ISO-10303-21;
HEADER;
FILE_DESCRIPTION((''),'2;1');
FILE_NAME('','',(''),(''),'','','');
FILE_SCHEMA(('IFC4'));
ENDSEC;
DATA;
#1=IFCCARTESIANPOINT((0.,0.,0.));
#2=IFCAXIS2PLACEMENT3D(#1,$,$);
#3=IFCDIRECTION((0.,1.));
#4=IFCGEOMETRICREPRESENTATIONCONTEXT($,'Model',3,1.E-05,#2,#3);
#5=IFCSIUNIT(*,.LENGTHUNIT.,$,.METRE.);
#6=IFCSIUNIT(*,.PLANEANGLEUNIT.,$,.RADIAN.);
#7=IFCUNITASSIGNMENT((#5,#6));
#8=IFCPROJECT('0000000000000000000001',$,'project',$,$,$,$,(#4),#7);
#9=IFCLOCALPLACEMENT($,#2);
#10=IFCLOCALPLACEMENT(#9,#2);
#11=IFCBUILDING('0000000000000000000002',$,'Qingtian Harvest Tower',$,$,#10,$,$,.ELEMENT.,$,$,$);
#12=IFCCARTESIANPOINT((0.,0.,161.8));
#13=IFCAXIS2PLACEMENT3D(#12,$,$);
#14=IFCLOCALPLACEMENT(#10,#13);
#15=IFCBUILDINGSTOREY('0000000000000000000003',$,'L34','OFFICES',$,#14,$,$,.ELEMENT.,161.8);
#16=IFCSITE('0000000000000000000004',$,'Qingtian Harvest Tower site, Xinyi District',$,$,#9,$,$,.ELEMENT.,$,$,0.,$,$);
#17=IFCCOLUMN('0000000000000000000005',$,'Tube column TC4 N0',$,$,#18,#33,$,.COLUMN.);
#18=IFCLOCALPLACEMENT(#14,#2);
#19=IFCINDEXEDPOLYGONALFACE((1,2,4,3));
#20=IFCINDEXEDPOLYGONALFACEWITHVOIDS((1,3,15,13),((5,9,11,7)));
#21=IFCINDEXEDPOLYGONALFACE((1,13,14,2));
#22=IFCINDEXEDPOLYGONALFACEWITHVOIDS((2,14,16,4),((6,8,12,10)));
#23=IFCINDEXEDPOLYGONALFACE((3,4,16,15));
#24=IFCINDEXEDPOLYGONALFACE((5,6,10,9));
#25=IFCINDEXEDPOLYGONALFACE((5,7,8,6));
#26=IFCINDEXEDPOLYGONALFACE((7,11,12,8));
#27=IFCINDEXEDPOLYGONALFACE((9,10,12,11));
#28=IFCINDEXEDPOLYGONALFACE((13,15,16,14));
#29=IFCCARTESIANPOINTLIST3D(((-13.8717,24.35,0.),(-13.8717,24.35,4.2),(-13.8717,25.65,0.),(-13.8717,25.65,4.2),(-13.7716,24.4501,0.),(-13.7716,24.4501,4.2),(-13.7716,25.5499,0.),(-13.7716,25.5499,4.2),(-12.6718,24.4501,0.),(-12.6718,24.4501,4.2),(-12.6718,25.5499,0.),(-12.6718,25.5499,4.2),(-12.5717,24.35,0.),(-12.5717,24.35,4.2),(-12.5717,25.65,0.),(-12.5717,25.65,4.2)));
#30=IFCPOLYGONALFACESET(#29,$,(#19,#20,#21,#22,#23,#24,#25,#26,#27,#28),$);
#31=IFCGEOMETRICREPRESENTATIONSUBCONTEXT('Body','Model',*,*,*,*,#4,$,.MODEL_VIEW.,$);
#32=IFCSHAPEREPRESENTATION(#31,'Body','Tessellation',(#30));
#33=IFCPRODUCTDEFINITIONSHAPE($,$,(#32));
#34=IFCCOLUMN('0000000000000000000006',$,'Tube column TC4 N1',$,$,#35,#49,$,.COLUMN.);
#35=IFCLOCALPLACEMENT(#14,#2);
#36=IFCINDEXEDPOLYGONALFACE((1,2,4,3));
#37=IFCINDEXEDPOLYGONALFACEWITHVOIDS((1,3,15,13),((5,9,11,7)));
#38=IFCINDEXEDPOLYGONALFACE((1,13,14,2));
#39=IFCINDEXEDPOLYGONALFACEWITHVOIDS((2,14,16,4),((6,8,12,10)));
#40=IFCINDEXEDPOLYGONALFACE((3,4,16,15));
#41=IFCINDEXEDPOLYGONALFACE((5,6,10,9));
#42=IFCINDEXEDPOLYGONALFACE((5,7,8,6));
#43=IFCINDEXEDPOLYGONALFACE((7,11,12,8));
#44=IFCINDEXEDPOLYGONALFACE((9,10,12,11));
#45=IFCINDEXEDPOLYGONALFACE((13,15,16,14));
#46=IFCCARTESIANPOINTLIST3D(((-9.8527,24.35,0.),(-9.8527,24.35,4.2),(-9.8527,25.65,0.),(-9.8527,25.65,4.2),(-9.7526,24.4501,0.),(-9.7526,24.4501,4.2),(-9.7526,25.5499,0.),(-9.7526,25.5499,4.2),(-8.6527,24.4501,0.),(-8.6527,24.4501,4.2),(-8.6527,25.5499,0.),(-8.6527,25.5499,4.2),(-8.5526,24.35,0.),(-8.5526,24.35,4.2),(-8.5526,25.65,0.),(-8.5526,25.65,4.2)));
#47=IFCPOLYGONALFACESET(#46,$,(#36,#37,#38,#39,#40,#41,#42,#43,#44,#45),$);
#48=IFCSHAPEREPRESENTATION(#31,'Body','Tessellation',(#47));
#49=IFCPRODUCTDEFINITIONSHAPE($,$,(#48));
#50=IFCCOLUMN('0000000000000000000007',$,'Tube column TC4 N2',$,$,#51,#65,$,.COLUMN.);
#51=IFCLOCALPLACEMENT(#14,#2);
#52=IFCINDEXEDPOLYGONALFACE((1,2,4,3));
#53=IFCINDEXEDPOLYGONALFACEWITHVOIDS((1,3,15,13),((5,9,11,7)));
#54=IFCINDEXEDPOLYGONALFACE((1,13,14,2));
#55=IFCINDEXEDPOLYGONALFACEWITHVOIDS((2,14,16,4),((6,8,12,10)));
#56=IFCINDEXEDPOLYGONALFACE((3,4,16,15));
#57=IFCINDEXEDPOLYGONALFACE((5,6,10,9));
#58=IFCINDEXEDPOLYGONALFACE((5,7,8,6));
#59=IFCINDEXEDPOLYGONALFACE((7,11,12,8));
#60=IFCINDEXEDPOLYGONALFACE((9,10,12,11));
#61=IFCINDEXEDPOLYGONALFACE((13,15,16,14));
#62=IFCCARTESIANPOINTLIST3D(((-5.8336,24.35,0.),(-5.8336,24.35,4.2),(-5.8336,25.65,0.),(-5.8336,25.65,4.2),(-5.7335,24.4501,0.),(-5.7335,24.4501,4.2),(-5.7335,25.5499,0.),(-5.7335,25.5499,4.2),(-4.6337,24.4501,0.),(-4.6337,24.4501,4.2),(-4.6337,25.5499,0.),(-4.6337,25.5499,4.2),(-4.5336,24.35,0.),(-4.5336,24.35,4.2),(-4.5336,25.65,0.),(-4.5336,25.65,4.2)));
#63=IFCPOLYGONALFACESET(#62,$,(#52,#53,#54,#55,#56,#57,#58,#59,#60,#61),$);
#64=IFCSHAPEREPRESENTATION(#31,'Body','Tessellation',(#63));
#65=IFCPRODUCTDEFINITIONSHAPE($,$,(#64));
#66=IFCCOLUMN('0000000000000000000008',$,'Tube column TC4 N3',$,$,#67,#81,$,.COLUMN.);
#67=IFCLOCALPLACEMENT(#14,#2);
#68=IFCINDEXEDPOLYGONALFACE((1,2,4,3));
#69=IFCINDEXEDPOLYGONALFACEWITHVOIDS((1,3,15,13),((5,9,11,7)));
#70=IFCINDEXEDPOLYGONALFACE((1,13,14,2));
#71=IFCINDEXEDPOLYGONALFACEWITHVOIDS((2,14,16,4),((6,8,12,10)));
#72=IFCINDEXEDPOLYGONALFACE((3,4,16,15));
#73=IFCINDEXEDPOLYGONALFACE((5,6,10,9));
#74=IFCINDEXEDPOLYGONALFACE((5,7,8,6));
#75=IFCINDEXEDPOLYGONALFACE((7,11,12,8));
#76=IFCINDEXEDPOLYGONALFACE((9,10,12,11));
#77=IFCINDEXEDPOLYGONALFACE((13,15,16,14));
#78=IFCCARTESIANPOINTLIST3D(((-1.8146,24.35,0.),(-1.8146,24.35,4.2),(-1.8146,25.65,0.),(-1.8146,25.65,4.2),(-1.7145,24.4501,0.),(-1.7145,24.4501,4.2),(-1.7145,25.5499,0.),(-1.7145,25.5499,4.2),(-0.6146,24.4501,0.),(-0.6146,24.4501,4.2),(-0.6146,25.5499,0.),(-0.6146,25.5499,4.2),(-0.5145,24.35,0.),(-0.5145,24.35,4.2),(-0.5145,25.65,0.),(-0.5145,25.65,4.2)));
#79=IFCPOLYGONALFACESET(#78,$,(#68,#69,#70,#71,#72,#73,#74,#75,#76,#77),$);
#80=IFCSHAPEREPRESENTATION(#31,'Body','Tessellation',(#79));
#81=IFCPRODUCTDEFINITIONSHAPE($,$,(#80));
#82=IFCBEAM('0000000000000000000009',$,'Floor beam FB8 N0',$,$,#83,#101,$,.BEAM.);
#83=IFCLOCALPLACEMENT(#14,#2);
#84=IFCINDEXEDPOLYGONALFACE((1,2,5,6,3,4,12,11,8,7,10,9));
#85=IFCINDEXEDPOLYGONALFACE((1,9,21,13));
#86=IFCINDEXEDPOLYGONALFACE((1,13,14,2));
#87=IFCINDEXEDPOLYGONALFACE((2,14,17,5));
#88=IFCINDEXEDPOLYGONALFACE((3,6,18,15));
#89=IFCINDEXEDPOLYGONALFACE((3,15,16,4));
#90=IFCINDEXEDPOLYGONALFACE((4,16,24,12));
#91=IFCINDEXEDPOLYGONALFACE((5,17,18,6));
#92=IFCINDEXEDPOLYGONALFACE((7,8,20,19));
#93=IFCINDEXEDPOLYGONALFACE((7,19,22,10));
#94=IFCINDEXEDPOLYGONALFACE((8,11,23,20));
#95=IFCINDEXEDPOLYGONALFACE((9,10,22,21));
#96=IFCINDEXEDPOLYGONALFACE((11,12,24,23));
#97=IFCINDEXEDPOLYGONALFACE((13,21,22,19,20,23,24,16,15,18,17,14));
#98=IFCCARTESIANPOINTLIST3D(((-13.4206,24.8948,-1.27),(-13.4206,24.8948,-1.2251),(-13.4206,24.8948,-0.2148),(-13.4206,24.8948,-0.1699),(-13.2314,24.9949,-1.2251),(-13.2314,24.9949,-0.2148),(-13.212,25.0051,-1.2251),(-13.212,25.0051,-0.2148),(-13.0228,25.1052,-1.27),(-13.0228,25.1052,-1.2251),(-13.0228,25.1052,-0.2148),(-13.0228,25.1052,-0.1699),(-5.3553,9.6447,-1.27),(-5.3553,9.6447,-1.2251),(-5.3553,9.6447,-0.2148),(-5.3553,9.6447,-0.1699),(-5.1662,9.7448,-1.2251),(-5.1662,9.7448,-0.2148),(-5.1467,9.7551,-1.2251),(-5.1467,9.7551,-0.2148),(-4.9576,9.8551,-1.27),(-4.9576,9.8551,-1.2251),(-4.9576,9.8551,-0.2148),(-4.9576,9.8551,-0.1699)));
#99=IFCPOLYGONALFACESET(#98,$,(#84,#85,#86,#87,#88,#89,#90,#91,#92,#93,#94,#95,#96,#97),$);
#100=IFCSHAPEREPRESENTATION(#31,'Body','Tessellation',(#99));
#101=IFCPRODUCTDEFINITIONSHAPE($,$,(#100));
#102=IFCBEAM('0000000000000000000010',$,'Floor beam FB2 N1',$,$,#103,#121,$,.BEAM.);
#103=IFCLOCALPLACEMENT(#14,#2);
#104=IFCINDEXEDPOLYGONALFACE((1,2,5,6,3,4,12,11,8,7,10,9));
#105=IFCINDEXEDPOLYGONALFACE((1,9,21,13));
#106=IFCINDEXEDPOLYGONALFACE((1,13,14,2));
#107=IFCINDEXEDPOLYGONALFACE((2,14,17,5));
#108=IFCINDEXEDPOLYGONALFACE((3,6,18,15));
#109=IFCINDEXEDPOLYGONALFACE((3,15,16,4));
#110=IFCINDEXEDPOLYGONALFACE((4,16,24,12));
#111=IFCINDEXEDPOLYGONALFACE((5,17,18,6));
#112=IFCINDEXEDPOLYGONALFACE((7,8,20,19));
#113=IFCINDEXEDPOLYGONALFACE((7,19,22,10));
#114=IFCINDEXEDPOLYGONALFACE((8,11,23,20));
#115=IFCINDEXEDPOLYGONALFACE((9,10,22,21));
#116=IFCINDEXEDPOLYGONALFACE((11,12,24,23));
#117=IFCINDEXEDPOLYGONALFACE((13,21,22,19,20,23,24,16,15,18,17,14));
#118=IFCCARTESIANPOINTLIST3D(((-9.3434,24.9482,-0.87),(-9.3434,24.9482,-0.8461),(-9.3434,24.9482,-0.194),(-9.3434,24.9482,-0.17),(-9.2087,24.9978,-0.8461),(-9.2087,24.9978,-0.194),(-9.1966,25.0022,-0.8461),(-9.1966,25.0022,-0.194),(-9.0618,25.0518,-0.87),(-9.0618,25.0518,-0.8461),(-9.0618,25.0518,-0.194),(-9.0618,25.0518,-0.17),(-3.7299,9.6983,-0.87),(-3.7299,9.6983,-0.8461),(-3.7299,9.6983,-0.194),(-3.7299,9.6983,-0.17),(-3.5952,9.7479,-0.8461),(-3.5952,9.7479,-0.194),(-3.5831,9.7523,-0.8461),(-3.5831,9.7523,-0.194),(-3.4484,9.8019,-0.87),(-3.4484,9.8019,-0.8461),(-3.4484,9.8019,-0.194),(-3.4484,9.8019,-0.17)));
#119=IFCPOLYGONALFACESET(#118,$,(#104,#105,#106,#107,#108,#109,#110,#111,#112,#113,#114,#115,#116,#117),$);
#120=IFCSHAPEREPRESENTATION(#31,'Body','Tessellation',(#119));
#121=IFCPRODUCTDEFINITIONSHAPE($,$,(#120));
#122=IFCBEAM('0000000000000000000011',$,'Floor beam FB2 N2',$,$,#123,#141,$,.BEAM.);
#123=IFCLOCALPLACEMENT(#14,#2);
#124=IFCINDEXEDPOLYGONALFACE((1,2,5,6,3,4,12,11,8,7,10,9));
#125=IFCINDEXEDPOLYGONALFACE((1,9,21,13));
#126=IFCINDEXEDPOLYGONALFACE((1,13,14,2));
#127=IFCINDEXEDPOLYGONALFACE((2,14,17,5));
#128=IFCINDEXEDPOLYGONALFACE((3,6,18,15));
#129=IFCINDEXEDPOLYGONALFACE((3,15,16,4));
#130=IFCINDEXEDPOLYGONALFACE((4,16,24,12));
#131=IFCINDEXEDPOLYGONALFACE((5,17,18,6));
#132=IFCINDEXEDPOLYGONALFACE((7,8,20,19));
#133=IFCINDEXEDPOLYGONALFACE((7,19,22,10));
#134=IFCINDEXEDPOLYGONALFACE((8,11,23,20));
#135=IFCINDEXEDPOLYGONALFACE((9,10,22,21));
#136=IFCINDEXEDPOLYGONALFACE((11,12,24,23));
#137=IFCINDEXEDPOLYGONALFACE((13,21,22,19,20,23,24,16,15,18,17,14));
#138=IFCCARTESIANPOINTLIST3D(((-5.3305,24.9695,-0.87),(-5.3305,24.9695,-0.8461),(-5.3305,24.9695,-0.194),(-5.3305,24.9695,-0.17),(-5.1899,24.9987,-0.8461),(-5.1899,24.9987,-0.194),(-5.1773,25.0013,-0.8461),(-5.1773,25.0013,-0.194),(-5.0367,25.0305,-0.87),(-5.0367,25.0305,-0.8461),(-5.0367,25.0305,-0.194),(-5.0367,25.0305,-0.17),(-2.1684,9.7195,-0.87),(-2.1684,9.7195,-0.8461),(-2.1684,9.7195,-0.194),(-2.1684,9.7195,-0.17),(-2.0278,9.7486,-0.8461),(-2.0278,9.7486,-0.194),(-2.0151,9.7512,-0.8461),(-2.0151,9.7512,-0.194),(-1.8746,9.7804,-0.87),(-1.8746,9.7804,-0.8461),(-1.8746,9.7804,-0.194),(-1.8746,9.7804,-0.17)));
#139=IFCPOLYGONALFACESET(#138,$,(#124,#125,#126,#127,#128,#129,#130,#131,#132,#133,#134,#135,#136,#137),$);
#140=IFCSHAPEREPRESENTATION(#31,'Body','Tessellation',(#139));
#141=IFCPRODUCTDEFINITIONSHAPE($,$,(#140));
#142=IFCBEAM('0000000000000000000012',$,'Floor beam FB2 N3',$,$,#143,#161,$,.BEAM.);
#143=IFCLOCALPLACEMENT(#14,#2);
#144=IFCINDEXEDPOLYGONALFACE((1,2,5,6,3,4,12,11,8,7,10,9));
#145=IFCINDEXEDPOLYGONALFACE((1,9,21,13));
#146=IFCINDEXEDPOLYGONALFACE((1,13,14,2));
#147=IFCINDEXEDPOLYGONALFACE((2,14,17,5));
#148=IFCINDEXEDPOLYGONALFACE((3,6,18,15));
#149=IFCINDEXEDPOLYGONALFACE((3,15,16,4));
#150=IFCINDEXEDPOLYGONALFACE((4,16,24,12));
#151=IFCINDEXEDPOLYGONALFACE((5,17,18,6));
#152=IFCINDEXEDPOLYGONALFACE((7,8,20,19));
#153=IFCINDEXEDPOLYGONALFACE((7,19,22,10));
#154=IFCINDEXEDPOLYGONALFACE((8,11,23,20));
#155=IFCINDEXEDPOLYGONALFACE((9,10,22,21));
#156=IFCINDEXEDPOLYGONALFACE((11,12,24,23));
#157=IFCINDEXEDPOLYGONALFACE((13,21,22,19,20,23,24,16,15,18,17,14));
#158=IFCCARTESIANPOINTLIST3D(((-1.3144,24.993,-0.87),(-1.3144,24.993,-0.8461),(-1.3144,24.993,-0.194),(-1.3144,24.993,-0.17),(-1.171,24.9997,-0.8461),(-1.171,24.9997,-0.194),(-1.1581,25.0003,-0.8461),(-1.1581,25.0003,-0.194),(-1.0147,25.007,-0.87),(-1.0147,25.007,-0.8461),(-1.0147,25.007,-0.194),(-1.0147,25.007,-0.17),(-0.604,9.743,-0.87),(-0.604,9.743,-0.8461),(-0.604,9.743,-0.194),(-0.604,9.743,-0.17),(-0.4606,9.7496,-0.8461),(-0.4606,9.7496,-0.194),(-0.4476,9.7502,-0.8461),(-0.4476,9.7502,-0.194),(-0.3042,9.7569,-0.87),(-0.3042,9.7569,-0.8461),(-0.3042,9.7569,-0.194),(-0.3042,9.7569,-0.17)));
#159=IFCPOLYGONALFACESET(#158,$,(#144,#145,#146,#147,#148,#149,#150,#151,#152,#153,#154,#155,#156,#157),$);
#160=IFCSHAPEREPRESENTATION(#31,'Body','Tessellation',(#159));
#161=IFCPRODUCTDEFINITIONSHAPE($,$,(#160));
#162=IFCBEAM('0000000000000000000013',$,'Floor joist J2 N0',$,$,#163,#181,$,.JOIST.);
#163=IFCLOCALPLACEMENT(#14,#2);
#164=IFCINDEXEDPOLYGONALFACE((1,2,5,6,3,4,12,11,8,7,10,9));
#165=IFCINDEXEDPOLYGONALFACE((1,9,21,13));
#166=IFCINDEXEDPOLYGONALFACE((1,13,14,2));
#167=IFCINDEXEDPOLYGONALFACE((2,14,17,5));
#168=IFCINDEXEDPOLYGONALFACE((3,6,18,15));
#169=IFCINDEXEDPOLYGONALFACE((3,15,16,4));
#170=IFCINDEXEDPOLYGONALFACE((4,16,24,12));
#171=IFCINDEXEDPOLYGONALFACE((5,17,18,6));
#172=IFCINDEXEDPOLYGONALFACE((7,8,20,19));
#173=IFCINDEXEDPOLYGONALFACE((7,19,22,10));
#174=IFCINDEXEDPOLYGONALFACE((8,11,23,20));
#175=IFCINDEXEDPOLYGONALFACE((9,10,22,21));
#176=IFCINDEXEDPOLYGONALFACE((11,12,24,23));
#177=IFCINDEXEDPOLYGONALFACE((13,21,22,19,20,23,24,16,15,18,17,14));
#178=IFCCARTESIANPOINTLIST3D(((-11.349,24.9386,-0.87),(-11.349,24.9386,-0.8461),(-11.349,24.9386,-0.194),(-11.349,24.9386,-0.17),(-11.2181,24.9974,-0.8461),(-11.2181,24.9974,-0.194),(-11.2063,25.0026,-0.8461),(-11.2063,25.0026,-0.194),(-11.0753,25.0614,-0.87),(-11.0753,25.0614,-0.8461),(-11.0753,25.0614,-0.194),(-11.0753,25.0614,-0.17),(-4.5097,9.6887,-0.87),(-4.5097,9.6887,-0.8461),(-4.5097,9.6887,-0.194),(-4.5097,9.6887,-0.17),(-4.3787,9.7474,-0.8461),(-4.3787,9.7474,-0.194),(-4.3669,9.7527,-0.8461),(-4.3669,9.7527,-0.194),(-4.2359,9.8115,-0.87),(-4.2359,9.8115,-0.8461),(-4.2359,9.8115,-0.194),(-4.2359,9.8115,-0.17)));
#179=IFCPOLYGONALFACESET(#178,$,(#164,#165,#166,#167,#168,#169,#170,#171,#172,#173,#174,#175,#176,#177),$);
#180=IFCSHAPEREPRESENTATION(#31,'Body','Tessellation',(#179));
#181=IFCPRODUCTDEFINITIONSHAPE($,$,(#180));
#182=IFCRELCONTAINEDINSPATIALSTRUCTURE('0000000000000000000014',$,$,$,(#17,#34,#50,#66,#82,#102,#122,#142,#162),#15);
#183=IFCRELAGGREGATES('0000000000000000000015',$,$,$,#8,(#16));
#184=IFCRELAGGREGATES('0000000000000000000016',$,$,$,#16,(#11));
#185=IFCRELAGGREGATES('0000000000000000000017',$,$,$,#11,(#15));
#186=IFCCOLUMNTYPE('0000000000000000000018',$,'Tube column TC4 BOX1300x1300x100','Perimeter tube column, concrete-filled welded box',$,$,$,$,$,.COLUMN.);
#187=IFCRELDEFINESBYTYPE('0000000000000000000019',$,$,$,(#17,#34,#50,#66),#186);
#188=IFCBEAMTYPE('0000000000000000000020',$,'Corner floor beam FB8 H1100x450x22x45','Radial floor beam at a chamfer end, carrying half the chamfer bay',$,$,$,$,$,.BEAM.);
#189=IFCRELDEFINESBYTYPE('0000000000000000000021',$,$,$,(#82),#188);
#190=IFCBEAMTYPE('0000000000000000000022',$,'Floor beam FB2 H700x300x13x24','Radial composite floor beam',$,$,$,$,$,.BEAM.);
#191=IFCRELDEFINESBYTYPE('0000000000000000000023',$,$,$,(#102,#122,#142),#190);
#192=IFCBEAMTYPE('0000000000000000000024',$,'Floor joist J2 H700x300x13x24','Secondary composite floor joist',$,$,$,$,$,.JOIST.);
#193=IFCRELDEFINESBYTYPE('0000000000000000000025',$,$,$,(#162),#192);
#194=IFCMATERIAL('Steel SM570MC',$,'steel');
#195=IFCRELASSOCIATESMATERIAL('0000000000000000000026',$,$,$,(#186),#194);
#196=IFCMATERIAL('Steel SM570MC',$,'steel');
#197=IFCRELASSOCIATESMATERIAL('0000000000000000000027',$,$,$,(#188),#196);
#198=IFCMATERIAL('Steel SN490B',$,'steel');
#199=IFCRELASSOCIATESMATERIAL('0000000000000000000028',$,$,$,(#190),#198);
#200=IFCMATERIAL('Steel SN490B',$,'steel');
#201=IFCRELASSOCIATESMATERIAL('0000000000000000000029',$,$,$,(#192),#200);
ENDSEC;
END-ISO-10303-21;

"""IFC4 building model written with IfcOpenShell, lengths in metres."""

from ifc_helpers import new_model, si_unit, direction, frame, origin, origin_2d, place, context, subcontext, project, spatial, hollow_rectangle, i_section, extrude, material, material_profile, profile_set, type_object, element, save


model = new_model("IFC4")

# Units and contexts
model_context = context("Model", 3, precision=1e-05, world=origin(), true_north=direction((0.0, 1.0)))
body_context = subcontext(model_context, "Body", "Model", "MODEL_VIEW")
ifc_project = project(units=[si_unit("LENGTHUNIT", "METRE"), si_unit("PLANEANGLEUNIT", "RADIAN")], contexts=[model_context])

# Site, building, storey
site_placement = place(None, origin())
site = spatial("IfcSite", under=ifc_project, at=site_placement, Name="Qingtian Harvest Tower site, Xinyi District", CompositionType="ELEMENT", RefElevation=0.0)
building_placement = place(site_placement, origin())
building = spatial("IfcBuilding", under=site, at=building_placement, Name="Qingtian Harvest Tower", CompositionType="ELEMENT")
storey_placement = place(building_placement, frame((0.0, 0.0, 161.8)))
storey = spatial("IfcBuildingStorey", under=building, at=storey_placement, Name="L34", Description="OFFICES", CompositionType="ELEMENT", Elevation=161.8)

# Columns
ifc_material_1 = material(Name="Steel SM570MC", Category="steel")
ifc_material_profile_1 = material_profile(ifc_material_1, hollow_rectangle(XDim=1.3, YDim=1.3, WallThickness=0.1001, at=origin_2d()), Name="BOX1300x1300x100")
ifc_profile_set_1 = profile_set([ifc_material_profile_1], Name="Steel SM570MC")
column_type = type_object("IfcColumnType", Name="Tube column TC4 BOX1300x1300x100", Description="Perimeter tube column, concrete-filled welded box", PredefinedType="COLUMN", material=ifc_profile_set_1)
for number, where, z_axis, x_axis, name in (
    (1, (-13.2217, 25.0, 0.0), (0.0, 0.0, 1.0), (-1.0, 0.0, 0.0), "Tube column TC4 N0"),
    (2, (-9.2026, 25.0, 0.0), (0.0, 0.0, 1.0), (-1.0, 0.0, 0.0), "Tube column TC4 N1"),
    (3, (-5.1836, 25.0, 0.0), (0.0, 0.0, 1.0), (-1.0, 0.0, 0.0), "Tube column TC4 N2"),
    (4, (-1.1646, 25.0, 0.0), (0.0, 0.0, 1.0), (-1.0, 0.0, 0.0), "Tube column TC4 N3"),
):
    element("IfcColumn", number, at=place(storey_placement, frame(where, z_axis=z_axis, x_axis=x_axis)), inside=storey, type_object=column_type, Name=name, PredefinedType="COLUMN", context=body_context, shape_type="SweptSolid", body=[
        extrude(hollow_rectangle(XDim=1.3, YDim=1.3, WallThickness=0.1001, at=origin_2d()), origin(), (0.0, 0.0, 1.0), 4.2),
    ])

# Beams
ifc_material_2 = material(Name="Steel SM570MC", Category="steel")
ifc_material_profile_2 = material_profile(ifc_material_2, i_section(OverallWidth=0.45, OverallDepth=1.1001, WebThickness=0.022, FlangeThickness=0.0449, at=origin_2d()), Name="H1100x450x22x45")
ifc_profile_set_2 = profile_set([ifc_material_profile_2], Name="Steel SM570MC")
beam_type_1 = type_object("IfcBeamType", Name="Corner floor beam FB8 H1100x450x22x45", Description="Radial floor beam at a chamfer end, carrying half the chamfer bay", PredefinedType="BEAM", material=ifc_profile_set_2)
beam_1_placement = place(storey_placement, frame((-13.2217, 25.0, -0.72), z_axis=(0.46751, -0.883988, 0.0), x_axis=(0.883988, 0.46751, 0.0)))
element("IfcBeam", 5, at=beam_1_placement, inside=storey, type_object=beam_type_1, Name="Floor beam FB8 N0", PredefinedType="BEAM", context=body_context, shape_type="SweptSolid", body=[
    extrude(i_section(OverallWidth=0.45, OverallDepth=1.1001, WebThickness=0.022, FlangeThickness=0.0449, at=origin_2d()), origin(), (0.0, 0.0, 1.0), 17.2515),
])
ifc_material_3 = material(Name="Steel SN490B", Category="steel")
ifc_material_profile_3 = material_profile(ifc_material_3, i_section(OverallWidth=0.3, OverallDepth=0.7, WebThickness=0.0129, FlangeThickness=0.0239, at=origin_2d()), Name="H700x300x13x24")
ifc_profile_set_3 = profile_set([ifc_material_profile_3], Name="Steel SN490B")
beam_type_2 = type_object("IfcBeamType", Name="Floor beam FB2 H700x300x13x24", Description="Radial composite floor beam", PredefinedType="BEAM", material=ifc_profile_set_3)
beam_2_placement = place(storey_placement, frame((-9.2026, 25.0, -0.52), z_axis=(0.34544, -0.938441, 0.0), x_axis=(0.938441, 0.34544, 0.0)))
element("IfcBeam", 6, at=beam_2_placement, inside=storey, type_object=beam_type_2, Name="Floor beam FB2 N1", PredefinedType="BEAM", context=body_context, shape_type="SweptSolid", body=[
    extrude(i_section(OverallWidth=0.3, OverallDepth=0.7, WebThickness=0.0129, FlangeThickness=0.0239, at=origin_2d()), origin(), (0.0, 0.0, 1.0), 16.2502),
])
beam_3_placement = place(storey_placement, frame((-5.1836, 25.0, -0.52), z_axis=(0.203033, -0.979172, 0.0), x_axis=(0.979172, 0.203033, 0.0)))
element("IfcBeam", 7, at=beam_3_placement, inside=storey, type_object=beam_type_2, Name="Floor beam FB2 N2", PredefinedType="BEAM", context=body_context, shape_type="SweptSolid", body=[
    extrude(i_section(OverallWidth=0.3, OverallDepth=0.7, WebThickness=0.0129, FlangeThickness=0.0239, at=origin_2d()), origin(), (0.0, 0.0, 1.0), 15.5745),
])
beam_4_placement = place(storey_placement, frame((-1.1646, 25.0, -0.52), z_axis=(0.046536, -0.998917, 0.0), x_axis=(0.998917, 0.046536, 0.0)))
element("IfcBeam", 8, at=beam_4_placement, inside=storey, type_object=beam_type_2, Name="Floor beam FB2 N3", PredefinedType="BEAM", context=body_context, shape_type="SweptSolid", body=[
    extrude(i_section(OverallWidth=0.3, OverallDepth=0.7, WebThickness=0.0129, FlangeThickness=0.0239, at=origin_2d()), origin(), (0.0, 0.0, 1.0), 15.2666),
])
ifc_material_4 = material(Name="Steel SN490B", Category="steel")
ifc_material_profile_4 = material_profile(ifc_material_4, i_section(OverallWidth=0.3, OverallDepth=0.7, WebThickness=0.0129, FlangeThickness=0.0239, at=origin_2d()), Name="H700x300x13x24")
ifc_profile_set_4 = profile_set([ifc_material_profile_4], Name="Steel SN490B")
beam_type_3 = type_object("IfcBeamType", Name="Floor joist J2 H700x300x13x24", Description="Secondary composite floor joist", PredefinedType="JOIST", material=ifc_profile_set_4)
beam_5_placement = place(storey_placement, frame((-11.2122, 25.0, -0.52), z_axis=(0.409213, -0.912439, 0.0), x_axis=(0.912439, 0.409213, 0.0)))
element("IfcBeam", 9, at=beam_5_placement, inside=storey, type_object=beam_type_3, Name="Floor joist J2 N0", PredefinedType="JOIST", context=body_context, shape_type="SweptSolid", body=[
    extrude(i_section(OverallWidth=0.3, OverallDepth=0.7, WebThickness=0.0129, FlangeThickness=0.0239, at=origin_2d()), origin(), (0.0, 0.0, 1.0), 16.7134),
])

save(model, "model.ifc")
